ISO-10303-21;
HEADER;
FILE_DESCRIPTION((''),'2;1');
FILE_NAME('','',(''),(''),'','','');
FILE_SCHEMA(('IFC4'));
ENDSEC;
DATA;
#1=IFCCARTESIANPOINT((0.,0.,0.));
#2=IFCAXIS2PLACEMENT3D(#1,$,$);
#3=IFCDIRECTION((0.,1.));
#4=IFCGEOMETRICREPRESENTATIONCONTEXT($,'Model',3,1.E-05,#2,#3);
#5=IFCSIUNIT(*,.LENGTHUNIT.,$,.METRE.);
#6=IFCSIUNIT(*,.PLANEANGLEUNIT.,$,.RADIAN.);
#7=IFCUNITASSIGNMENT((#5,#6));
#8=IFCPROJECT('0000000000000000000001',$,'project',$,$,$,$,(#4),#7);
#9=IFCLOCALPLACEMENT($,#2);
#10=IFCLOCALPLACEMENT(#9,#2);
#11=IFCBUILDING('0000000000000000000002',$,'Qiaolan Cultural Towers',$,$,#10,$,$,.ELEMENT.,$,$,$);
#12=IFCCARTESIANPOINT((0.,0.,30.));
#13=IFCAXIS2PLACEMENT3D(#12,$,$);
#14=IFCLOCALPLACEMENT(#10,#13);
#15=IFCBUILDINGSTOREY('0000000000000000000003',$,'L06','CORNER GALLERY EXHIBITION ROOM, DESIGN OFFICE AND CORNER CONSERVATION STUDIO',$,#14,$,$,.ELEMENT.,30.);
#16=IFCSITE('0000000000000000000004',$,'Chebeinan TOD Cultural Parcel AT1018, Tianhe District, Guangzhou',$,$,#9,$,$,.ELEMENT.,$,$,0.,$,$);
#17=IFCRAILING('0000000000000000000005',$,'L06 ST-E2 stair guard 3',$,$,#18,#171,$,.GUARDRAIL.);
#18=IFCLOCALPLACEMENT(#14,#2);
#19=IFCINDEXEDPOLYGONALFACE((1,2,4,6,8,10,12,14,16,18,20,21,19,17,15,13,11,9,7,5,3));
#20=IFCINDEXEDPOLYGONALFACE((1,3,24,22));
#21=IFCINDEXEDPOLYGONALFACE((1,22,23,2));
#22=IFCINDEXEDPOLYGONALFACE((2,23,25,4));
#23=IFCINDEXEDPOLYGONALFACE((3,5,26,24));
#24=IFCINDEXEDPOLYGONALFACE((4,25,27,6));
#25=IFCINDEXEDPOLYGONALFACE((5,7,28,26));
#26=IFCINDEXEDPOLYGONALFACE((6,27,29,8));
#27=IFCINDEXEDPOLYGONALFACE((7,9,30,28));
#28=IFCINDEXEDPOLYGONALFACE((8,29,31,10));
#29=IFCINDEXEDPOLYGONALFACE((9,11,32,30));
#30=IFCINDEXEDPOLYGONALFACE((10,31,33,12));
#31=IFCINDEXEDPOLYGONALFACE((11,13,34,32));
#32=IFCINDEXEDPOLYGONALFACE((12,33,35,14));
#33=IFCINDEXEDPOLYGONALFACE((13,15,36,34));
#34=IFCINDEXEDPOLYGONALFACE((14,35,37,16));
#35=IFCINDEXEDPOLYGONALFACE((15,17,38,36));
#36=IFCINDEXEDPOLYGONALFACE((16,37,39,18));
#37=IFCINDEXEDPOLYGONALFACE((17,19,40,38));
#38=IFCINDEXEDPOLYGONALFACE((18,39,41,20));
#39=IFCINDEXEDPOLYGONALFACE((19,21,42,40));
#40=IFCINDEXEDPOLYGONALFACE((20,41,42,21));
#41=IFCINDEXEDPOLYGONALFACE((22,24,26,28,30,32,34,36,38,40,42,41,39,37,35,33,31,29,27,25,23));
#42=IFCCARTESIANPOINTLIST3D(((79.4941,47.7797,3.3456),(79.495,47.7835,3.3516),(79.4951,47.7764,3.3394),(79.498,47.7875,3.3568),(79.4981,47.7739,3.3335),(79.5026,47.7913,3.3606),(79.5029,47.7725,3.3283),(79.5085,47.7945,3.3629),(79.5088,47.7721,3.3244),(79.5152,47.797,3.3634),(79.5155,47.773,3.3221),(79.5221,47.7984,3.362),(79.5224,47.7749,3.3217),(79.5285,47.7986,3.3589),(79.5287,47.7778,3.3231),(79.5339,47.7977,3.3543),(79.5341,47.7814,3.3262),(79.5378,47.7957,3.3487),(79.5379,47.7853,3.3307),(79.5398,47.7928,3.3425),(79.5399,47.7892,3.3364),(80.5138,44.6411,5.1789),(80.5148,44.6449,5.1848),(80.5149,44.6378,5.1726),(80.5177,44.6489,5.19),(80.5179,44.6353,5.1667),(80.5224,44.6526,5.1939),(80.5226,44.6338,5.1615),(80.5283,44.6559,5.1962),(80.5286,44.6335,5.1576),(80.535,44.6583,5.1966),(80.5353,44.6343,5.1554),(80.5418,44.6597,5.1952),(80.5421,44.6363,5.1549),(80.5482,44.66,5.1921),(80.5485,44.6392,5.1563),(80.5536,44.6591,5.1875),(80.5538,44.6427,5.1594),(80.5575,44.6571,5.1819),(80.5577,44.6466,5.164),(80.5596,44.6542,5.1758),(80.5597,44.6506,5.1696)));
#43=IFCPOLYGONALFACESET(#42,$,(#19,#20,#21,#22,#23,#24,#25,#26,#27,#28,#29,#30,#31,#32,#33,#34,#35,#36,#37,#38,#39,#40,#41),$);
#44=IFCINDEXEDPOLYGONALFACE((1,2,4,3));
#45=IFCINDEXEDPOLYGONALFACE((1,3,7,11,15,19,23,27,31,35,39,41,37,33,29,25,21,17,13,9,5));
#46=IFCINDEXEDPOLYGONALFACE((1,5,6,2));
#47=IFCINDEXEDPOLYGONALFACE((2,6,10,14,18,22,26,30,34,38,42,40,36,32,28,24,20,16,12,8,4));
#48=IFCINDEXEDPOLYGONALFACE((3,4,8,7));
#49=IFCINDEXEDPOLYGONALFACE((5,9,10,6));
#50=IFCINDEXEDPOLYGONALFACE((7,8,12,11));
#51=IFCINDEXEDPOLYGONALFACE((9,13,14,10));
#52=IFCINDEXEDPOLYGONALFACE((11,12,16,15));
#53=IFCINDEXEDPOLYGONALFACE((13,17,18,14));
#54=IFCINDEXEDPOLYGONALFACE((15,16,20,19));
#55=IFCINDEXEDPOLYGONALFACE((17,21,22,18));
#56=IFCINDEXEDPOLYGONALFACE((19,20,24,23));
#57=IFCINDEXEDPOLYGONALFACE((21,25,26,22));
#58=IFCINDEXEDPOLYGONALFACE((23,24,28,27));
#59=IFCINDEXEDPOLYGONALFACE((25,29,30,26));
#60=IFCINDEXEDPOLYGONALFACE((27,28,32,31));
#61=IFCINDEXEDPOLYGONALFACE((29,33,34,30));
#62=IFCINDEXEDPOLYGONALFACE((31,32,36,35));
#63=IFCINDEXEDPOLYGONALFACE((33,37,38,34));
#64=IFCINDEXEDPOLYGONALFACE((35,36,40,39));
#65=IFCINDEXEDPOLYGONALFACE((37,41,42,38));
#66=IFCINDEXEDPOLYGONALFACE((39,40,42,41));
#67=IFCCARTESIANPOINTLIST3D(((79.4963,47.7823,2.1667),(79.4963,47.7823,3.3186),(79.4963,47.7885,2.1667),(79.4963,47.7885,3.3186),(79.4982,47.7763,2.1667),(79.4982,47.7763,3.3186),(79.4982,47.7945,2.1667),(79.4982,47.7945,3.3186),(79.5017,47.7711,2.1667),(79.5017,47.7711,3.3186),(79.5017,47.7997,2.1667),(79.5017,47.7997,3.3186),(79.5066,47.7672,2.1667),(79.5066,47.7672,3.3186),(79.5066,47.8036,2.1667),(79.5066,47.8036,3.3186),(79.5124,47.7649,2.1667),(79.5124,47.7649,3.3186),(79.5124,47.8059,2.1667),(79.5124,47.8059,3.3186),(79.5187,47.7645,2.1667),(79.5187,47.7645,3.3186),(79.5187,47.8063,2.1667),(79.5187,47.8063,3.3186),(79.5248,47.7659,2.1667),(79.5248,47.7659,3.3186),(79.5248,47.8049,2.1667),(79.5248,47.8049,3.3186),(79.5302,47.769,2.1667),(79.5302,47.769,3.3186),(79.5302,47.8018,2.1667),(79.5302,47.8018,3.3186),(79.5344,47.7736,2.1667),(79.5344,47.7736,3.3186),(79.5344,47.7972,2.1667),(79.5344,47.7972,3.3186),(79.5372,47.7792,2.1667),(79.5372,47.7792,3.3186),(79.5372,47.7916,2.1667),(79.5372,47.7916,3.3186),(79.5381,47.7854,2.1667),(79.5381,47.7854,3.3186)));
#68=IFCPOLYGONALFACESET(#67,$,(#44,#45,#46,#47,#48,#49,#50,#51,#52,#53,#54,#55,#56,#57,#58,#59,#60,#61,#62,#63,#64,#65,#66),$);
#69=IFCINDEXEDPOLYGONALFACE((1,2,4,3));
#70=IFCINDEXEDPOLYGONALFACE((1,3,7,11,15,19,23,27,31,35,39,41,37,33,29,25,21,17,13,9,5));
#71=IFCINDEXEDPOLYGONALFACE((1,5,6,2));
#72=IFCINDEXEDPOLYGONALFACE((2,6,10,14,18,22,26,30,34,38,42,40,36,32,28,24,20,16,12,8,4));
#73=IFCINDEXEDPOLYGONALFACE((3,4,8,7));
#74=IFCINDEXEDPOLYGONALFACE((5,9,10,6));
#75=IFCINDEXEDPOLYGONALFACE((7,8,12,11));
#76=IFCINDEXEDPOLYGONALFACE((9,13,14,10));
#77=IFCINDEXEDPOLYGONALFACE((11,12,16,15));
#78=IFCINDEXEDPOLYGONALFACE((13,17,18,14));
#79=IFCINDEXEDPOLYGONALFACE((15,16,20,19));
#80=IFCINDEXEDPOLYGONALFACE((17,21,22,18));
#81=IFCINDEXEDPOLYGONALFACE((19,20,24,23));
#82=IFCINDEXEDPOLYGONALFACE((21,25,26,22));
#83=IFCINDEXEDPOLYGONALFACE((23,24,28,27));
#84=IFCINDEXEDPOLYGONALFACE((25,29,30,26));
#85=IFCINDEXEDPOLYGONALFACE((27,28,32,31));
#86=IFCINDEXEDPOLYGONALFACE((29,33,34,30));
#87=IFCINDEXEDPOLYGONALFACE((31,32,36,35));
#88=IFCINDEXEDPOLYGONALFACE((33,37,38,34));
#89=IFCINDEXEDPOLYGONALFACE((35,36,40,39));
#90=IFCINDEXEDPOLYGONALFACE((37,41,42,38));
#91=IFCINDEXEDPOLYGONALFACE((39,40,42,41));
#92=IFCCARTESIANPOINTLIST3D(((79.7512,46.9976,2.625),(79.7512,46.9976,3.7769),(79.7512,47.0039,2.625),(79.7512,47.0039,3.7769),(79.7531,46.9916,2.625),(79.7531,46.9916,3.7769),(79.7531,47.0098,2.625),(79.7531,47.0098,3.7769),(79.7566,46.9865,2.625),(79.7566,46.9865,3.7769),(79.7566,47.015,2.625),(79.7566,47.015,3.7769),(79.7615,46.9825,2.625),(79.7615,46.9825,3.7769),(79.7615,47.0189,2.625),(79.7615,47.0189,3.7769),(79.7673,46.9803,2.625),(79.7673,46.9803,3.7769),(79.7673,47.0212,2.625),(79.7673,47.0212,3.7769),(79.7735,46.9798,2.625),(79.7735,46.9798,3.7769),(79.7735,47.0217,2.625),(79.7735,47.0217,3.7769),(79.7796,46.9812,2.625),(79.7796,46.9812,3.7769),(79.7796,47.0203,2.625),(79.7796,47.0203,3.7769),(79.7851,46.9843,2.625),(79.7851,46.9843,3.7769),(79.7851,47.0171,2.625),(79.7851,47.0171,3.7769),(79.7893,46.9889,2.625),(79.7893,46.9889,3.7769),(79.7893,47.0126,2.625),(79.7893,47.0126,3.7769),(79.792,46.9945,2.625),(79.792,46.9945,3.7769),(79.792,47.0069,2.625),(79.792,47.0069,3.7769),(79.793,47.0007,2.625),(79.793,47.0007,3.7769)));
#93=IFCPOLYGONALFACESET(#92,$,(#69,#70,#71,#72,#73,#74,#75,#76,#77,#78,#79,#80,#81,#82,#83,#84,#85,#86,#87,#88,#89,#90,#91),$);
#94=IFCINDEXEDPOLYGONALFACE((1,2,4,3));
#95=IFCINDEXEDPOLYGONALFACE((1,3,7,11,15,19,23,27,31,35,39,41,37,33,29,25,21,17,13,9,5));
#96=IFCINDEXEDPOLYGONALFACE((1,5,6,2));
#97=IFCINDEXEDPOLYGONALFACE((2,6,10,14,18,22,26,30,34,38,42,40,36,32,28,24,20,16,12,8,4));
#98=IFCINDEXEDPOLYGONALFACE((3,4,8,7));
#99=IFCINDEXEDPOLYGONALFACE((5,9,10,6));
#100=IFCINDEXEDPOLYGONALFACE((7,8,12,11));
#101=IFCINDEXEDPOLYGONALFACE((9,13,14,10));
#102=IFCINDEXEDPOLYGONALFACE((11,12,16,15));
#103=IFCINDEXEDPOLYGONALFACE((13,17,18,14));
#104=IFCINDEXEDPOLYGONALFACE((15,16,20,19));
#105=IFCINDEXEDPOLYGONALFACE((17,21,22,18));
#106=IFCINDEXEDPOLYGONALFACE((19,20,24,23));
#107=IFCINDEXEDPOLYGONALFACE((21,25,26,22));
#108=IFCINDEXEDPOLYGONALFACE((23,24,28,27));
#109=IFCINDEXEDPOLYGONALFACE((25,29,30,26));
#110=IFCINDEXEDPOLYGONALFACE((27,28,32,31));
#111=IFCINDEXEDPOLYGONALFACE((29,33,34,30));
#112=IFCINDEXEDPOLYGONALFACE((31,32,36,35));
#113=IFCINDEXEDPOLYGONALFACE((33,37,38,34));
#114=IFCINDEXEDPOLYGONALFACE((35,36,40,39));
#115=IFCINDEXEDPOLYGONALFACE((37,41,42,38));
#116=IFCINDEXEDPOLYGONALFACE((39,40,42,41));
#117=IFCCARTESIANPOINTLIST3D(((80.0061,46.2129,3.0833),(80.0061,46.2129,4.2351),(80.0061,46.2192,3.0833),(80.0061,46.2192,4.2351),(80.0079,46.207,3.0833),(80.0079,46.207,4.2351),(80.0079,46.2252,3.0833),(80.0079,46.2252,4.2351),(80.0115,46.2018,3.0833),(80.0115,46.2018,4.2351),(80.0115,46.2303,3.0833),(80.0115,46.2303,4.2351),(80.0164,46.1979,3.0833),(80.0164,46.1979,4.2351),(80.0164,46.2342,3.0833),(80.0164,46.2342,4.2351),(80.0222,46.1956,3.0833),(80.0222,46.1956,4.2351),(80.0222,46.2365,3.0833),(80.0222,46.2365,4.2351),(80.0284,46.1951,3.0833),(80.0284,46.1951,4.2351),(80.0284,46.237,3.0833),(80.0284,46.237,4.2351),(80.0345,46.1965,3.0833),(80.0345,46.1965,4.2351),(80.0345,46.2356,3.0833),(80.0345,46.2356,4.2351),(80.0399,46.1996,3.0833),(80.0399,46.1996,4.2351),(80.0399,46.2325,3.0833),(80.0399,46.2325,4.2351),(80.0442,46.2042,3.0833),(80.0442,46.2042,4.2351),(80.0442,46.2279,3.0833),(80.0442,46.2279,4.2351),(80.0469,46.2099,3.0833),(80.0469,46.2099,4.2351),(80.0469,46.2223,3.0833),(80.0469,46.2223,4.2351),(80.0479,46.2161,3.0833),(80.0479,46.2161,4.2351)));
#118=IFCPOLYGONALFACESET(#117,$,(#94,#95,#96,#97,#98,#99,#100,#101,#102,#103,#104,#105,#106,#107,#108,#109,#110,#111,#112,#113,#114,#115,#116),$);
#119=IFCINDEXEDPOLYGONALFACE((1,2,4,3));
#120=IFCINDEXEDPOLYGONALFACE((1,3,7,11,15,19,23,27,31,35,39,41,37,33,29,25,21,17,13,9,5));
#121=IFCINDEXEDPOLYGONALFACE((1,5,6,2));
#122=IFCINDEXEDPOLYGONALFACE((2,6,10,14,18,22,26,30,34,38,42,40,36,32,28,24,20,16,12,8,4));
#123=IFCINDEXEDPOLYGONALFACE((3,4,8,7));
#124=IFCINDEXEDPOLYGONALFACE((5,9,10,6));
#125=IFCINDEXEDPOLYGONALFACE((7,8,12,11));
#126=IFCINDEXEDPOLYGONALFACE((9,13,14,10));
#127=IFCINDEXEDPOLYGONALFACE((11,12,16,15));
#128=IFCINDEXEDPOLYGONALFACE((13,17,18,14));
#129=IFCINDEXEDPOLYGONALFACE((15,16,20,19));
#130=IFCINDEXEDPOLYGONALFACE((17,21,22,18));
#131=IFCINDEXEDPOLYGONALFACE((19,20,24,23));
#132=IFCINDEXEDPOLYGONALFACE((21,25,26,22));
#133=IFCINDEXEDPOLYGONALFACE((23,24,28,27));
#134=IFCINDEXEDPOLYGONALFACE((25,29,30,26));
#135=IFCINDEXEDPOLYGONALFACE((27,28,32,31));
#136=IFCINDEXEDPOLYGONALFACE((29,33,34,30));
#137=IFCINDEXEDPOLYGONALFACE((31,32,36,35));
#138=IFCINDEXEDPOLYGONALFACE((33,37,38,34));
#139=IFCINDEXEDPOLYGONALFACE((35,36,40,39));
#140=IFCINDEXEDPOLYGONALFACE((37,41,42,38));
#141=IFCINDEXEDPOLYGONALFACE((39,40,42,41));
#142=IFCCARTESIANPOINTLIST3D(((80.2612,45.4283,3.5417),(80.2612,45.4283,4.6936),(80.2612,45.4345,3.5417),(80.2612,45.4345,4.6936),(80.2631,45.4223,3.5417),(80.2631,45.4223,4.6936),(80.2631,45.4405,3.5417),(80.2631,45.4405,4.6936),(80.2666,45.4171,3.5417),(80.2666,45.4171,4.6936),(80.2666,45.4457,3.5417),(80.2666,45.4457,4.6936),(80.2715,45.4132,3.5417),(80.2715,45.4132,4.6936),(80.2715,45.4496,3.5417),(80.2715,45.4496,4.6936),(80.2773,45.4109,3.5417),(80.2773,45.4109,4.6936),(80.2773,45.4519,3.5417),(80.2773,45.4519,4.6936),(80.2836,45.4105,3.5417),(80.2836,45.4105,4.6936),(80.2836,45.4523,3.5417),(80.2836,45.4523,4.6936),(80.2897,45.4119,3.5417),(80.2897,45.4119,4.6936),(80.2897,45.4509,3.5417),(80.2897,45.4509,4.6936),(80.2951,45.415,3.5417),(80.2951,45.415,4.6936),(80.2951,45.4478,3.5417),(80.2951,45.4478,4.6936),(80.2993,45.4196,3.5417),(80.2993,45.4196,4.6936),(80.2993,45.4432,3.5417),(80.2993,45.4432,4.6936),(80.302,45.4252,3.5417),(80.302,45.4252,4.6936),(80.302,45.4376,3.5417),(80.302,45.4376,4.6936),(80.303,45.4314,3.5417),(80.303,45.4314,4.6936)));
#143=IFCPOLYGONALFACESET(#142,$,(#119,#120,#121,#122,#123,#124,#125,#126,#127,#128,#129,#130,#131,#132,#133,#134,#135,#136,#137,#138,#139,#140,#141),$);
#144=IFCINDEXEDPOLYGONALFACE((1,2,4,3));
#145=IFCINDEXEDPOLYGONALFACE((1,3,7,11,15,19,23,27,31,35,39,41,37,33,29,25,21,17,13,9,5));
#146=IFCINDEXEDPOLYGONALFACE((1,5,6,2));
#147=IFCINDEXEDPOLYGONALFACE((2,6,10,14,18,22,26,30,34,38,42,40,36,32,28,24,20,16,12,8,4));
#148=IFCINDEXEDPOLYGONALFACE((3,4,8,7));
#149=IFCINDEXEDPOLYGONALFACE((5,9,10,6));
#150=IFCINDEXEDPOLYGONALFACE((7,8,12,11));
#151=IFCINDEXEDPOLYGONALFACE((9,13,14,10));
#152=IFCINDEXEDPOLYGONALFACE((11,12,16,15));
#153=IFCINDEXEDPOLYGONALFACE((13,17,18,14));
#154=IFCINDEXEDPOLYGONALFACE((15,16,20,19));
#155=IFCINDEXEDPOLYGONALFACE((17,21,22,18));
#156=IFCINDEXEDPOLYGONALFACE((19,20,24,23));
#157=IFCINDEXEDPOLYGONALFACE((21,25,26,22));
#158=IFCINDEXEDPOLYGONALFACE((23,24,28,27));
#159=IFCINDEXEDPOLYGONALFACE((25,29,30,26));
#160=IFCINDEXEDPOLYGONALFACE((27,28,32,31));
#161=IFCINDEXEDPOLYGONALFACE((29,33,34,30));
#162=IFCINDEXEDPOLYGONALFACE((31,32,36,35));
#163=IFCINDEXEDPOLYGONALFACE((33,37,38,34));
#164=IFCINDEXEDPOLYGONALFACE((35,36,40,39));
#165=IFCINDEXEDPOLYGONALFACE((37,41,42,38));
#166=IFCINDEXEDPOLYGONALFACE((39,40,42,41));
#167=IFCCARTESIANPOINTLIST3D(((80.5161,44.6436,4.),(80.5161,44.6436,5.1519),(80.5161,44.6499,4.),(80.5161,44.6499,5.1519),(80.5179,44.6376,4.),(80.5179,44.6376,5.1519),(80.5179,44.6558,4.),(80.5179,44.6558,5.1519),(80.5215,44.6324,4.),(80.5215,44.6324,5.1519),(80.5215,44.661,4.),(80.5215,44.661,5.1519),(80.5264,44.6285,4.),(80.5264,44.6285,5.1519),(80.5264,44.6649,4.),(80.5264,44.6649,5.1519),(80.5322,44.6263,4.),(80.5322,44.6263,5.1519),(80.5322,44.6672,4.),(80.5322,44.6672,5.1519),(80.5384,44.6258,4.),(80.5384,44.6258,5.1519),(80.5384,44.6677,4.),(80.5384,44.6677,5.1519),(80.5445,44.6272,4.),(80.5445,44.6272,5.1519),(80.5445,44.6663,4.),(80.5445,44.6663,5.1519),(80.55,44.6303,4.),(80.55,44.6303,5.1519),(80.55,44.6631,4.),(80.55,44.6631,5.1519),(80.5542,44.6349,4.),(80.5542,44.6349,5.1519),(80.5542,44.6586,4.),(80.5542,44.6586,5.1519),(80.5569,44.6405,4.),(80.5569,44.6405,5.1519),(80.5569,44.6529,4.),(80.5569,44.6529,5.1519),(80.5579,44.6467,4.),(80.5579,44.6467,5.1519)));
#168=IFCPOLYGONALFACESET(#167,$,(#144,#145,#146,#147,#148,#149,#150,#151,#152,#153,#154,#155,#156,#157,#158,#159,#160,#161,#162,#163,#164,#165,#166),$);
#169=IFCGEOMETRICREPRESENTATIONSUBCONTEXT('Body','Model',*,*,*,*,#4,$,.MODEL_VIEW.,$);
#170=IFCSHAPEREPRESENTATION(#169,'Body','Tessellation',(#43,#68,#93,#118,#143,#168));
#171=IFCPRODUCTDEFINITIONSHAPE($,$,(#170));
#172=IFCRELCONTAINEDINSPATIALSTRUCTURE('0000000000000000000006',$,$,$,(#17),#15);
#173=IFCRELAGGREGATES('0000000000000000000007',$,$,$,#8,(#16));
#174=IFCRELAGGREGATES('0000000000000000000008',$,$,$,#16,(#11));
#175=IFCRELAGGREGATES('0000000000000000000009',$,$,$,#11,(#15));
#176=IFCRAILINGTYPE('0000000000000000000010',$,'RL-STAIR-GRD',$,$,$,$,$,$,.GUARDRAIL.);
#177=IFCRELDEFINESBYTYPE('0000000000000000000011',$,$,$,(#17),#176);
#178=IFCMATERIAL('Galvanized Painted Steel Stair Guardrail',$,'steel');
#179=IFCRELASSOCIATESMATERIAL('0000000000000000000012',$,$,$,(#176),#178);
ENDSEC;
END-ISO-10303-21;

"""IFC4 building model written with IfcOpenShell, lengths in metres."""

from ifc_helpers import new_model, si_unit, direction, frame, origin, origin_2d, place, context, subcontext, project, spatial, circle, extrude, material, type_object, element, save


model = new_model("IFC4")

# Units and contexts
model_context = context("Model", 3, precision=1e-05, world=origin(), true_north=direction((0.0, 1.0)))
body_context = subcontext(model_context, "Body", "Model", "MODEL_VIEW")
ifc_project = project(units=[si_unit("LENGTHUNIT", "METRE"), si_unit("PLANEANGLEUNIT", "RADIAN")], contexts=[model_context])

# Site, building, storey
site_placement = place(None, origin())
site = spatial("IfcSite", under=ifc_project, at=site_placement, Name="Chebeinan TOD Cultural Parcel AT1018, Tianhe District, Guangzhou", CompositionType="ELEMENT", RefElevation=0.0)
building_placement = place(site_placement, origin())
building = spatial("IfcBuilding", under=site, at=building_placement, Name="Qiaolan Cultural Towers", CompositionType="ELEMENT")
storey_placement = place(building_placement, frame((0.0, 0.0, 30.0)))
storey = spatial("IfcBuildingStorey", under=building, at=storey_placement, Name="L06", Description="CORNER GALLERY EXHIBITION ROOM, DESIGN OFFICE AND CORNER CONSERVATION STUDIO", CompositionType="ELEMENT", Elevation=30.0)

# Railing
ifc_material_1 = material(Name="Galvanized Painted Steel Stair Guardrail", Category="steel")
railing_type_1 = type_object("IfcRailingType", Name="RL-STAIR-GRD", PredefinedType="GUARDRAIL", material=ifc_material_1)
railing_1_placement = place(storey_placement, frame((79.5171, 47.7854, 2.1667)))
element("IfcRailing", 1, at=railing_1_placement, inside=storey, type_object=railing_type_1, Name="L06 ST-E2 stair guard 3", PredefinedType="GUARDRAIL", context=body_context, shape_type="SweptSolid", body=[
    extrude(circle(Radius=0.0239, at=origin_2d()), frame((0.0, 0.0, 1.1758), z_axis=(0.270126, -0.831396, 0.485606), x_axis=(0.95106, 0.309006, 0.0)), (0.0, 0.0, 1.0), 3.7751),
    extrude(circle(Radius=0.021, at=origin_2d()), origin(), (0.0, 0.0, 1.0), 1.1519),
    extrude(circle(Radius=0.021, at=origin_2d()), frame((0.2549, -0.7847, 0.4583)), (0.0, 0.0, 1.0), 1.1519),
    extrude(circle(Radius=0.021, at=origin_2d()), frame((0.5098, -1.5693, 0.9165)), (0.0, 0.0, 1.0), 1.1519),
    extrude(circle(Radius=0.021, at=origin_2d()), frame((0.7649, -2.354, 1.375)), (0.0, 0.0, 1.0), 1.1519),
    extrude(circle(Radius=0.021, at=origin_2d()), frame((1.0198, -3.1387, 1.8333)), (0.0, 0.0, 1.0), 1.1519),
])

save(model, "model.ifc")
